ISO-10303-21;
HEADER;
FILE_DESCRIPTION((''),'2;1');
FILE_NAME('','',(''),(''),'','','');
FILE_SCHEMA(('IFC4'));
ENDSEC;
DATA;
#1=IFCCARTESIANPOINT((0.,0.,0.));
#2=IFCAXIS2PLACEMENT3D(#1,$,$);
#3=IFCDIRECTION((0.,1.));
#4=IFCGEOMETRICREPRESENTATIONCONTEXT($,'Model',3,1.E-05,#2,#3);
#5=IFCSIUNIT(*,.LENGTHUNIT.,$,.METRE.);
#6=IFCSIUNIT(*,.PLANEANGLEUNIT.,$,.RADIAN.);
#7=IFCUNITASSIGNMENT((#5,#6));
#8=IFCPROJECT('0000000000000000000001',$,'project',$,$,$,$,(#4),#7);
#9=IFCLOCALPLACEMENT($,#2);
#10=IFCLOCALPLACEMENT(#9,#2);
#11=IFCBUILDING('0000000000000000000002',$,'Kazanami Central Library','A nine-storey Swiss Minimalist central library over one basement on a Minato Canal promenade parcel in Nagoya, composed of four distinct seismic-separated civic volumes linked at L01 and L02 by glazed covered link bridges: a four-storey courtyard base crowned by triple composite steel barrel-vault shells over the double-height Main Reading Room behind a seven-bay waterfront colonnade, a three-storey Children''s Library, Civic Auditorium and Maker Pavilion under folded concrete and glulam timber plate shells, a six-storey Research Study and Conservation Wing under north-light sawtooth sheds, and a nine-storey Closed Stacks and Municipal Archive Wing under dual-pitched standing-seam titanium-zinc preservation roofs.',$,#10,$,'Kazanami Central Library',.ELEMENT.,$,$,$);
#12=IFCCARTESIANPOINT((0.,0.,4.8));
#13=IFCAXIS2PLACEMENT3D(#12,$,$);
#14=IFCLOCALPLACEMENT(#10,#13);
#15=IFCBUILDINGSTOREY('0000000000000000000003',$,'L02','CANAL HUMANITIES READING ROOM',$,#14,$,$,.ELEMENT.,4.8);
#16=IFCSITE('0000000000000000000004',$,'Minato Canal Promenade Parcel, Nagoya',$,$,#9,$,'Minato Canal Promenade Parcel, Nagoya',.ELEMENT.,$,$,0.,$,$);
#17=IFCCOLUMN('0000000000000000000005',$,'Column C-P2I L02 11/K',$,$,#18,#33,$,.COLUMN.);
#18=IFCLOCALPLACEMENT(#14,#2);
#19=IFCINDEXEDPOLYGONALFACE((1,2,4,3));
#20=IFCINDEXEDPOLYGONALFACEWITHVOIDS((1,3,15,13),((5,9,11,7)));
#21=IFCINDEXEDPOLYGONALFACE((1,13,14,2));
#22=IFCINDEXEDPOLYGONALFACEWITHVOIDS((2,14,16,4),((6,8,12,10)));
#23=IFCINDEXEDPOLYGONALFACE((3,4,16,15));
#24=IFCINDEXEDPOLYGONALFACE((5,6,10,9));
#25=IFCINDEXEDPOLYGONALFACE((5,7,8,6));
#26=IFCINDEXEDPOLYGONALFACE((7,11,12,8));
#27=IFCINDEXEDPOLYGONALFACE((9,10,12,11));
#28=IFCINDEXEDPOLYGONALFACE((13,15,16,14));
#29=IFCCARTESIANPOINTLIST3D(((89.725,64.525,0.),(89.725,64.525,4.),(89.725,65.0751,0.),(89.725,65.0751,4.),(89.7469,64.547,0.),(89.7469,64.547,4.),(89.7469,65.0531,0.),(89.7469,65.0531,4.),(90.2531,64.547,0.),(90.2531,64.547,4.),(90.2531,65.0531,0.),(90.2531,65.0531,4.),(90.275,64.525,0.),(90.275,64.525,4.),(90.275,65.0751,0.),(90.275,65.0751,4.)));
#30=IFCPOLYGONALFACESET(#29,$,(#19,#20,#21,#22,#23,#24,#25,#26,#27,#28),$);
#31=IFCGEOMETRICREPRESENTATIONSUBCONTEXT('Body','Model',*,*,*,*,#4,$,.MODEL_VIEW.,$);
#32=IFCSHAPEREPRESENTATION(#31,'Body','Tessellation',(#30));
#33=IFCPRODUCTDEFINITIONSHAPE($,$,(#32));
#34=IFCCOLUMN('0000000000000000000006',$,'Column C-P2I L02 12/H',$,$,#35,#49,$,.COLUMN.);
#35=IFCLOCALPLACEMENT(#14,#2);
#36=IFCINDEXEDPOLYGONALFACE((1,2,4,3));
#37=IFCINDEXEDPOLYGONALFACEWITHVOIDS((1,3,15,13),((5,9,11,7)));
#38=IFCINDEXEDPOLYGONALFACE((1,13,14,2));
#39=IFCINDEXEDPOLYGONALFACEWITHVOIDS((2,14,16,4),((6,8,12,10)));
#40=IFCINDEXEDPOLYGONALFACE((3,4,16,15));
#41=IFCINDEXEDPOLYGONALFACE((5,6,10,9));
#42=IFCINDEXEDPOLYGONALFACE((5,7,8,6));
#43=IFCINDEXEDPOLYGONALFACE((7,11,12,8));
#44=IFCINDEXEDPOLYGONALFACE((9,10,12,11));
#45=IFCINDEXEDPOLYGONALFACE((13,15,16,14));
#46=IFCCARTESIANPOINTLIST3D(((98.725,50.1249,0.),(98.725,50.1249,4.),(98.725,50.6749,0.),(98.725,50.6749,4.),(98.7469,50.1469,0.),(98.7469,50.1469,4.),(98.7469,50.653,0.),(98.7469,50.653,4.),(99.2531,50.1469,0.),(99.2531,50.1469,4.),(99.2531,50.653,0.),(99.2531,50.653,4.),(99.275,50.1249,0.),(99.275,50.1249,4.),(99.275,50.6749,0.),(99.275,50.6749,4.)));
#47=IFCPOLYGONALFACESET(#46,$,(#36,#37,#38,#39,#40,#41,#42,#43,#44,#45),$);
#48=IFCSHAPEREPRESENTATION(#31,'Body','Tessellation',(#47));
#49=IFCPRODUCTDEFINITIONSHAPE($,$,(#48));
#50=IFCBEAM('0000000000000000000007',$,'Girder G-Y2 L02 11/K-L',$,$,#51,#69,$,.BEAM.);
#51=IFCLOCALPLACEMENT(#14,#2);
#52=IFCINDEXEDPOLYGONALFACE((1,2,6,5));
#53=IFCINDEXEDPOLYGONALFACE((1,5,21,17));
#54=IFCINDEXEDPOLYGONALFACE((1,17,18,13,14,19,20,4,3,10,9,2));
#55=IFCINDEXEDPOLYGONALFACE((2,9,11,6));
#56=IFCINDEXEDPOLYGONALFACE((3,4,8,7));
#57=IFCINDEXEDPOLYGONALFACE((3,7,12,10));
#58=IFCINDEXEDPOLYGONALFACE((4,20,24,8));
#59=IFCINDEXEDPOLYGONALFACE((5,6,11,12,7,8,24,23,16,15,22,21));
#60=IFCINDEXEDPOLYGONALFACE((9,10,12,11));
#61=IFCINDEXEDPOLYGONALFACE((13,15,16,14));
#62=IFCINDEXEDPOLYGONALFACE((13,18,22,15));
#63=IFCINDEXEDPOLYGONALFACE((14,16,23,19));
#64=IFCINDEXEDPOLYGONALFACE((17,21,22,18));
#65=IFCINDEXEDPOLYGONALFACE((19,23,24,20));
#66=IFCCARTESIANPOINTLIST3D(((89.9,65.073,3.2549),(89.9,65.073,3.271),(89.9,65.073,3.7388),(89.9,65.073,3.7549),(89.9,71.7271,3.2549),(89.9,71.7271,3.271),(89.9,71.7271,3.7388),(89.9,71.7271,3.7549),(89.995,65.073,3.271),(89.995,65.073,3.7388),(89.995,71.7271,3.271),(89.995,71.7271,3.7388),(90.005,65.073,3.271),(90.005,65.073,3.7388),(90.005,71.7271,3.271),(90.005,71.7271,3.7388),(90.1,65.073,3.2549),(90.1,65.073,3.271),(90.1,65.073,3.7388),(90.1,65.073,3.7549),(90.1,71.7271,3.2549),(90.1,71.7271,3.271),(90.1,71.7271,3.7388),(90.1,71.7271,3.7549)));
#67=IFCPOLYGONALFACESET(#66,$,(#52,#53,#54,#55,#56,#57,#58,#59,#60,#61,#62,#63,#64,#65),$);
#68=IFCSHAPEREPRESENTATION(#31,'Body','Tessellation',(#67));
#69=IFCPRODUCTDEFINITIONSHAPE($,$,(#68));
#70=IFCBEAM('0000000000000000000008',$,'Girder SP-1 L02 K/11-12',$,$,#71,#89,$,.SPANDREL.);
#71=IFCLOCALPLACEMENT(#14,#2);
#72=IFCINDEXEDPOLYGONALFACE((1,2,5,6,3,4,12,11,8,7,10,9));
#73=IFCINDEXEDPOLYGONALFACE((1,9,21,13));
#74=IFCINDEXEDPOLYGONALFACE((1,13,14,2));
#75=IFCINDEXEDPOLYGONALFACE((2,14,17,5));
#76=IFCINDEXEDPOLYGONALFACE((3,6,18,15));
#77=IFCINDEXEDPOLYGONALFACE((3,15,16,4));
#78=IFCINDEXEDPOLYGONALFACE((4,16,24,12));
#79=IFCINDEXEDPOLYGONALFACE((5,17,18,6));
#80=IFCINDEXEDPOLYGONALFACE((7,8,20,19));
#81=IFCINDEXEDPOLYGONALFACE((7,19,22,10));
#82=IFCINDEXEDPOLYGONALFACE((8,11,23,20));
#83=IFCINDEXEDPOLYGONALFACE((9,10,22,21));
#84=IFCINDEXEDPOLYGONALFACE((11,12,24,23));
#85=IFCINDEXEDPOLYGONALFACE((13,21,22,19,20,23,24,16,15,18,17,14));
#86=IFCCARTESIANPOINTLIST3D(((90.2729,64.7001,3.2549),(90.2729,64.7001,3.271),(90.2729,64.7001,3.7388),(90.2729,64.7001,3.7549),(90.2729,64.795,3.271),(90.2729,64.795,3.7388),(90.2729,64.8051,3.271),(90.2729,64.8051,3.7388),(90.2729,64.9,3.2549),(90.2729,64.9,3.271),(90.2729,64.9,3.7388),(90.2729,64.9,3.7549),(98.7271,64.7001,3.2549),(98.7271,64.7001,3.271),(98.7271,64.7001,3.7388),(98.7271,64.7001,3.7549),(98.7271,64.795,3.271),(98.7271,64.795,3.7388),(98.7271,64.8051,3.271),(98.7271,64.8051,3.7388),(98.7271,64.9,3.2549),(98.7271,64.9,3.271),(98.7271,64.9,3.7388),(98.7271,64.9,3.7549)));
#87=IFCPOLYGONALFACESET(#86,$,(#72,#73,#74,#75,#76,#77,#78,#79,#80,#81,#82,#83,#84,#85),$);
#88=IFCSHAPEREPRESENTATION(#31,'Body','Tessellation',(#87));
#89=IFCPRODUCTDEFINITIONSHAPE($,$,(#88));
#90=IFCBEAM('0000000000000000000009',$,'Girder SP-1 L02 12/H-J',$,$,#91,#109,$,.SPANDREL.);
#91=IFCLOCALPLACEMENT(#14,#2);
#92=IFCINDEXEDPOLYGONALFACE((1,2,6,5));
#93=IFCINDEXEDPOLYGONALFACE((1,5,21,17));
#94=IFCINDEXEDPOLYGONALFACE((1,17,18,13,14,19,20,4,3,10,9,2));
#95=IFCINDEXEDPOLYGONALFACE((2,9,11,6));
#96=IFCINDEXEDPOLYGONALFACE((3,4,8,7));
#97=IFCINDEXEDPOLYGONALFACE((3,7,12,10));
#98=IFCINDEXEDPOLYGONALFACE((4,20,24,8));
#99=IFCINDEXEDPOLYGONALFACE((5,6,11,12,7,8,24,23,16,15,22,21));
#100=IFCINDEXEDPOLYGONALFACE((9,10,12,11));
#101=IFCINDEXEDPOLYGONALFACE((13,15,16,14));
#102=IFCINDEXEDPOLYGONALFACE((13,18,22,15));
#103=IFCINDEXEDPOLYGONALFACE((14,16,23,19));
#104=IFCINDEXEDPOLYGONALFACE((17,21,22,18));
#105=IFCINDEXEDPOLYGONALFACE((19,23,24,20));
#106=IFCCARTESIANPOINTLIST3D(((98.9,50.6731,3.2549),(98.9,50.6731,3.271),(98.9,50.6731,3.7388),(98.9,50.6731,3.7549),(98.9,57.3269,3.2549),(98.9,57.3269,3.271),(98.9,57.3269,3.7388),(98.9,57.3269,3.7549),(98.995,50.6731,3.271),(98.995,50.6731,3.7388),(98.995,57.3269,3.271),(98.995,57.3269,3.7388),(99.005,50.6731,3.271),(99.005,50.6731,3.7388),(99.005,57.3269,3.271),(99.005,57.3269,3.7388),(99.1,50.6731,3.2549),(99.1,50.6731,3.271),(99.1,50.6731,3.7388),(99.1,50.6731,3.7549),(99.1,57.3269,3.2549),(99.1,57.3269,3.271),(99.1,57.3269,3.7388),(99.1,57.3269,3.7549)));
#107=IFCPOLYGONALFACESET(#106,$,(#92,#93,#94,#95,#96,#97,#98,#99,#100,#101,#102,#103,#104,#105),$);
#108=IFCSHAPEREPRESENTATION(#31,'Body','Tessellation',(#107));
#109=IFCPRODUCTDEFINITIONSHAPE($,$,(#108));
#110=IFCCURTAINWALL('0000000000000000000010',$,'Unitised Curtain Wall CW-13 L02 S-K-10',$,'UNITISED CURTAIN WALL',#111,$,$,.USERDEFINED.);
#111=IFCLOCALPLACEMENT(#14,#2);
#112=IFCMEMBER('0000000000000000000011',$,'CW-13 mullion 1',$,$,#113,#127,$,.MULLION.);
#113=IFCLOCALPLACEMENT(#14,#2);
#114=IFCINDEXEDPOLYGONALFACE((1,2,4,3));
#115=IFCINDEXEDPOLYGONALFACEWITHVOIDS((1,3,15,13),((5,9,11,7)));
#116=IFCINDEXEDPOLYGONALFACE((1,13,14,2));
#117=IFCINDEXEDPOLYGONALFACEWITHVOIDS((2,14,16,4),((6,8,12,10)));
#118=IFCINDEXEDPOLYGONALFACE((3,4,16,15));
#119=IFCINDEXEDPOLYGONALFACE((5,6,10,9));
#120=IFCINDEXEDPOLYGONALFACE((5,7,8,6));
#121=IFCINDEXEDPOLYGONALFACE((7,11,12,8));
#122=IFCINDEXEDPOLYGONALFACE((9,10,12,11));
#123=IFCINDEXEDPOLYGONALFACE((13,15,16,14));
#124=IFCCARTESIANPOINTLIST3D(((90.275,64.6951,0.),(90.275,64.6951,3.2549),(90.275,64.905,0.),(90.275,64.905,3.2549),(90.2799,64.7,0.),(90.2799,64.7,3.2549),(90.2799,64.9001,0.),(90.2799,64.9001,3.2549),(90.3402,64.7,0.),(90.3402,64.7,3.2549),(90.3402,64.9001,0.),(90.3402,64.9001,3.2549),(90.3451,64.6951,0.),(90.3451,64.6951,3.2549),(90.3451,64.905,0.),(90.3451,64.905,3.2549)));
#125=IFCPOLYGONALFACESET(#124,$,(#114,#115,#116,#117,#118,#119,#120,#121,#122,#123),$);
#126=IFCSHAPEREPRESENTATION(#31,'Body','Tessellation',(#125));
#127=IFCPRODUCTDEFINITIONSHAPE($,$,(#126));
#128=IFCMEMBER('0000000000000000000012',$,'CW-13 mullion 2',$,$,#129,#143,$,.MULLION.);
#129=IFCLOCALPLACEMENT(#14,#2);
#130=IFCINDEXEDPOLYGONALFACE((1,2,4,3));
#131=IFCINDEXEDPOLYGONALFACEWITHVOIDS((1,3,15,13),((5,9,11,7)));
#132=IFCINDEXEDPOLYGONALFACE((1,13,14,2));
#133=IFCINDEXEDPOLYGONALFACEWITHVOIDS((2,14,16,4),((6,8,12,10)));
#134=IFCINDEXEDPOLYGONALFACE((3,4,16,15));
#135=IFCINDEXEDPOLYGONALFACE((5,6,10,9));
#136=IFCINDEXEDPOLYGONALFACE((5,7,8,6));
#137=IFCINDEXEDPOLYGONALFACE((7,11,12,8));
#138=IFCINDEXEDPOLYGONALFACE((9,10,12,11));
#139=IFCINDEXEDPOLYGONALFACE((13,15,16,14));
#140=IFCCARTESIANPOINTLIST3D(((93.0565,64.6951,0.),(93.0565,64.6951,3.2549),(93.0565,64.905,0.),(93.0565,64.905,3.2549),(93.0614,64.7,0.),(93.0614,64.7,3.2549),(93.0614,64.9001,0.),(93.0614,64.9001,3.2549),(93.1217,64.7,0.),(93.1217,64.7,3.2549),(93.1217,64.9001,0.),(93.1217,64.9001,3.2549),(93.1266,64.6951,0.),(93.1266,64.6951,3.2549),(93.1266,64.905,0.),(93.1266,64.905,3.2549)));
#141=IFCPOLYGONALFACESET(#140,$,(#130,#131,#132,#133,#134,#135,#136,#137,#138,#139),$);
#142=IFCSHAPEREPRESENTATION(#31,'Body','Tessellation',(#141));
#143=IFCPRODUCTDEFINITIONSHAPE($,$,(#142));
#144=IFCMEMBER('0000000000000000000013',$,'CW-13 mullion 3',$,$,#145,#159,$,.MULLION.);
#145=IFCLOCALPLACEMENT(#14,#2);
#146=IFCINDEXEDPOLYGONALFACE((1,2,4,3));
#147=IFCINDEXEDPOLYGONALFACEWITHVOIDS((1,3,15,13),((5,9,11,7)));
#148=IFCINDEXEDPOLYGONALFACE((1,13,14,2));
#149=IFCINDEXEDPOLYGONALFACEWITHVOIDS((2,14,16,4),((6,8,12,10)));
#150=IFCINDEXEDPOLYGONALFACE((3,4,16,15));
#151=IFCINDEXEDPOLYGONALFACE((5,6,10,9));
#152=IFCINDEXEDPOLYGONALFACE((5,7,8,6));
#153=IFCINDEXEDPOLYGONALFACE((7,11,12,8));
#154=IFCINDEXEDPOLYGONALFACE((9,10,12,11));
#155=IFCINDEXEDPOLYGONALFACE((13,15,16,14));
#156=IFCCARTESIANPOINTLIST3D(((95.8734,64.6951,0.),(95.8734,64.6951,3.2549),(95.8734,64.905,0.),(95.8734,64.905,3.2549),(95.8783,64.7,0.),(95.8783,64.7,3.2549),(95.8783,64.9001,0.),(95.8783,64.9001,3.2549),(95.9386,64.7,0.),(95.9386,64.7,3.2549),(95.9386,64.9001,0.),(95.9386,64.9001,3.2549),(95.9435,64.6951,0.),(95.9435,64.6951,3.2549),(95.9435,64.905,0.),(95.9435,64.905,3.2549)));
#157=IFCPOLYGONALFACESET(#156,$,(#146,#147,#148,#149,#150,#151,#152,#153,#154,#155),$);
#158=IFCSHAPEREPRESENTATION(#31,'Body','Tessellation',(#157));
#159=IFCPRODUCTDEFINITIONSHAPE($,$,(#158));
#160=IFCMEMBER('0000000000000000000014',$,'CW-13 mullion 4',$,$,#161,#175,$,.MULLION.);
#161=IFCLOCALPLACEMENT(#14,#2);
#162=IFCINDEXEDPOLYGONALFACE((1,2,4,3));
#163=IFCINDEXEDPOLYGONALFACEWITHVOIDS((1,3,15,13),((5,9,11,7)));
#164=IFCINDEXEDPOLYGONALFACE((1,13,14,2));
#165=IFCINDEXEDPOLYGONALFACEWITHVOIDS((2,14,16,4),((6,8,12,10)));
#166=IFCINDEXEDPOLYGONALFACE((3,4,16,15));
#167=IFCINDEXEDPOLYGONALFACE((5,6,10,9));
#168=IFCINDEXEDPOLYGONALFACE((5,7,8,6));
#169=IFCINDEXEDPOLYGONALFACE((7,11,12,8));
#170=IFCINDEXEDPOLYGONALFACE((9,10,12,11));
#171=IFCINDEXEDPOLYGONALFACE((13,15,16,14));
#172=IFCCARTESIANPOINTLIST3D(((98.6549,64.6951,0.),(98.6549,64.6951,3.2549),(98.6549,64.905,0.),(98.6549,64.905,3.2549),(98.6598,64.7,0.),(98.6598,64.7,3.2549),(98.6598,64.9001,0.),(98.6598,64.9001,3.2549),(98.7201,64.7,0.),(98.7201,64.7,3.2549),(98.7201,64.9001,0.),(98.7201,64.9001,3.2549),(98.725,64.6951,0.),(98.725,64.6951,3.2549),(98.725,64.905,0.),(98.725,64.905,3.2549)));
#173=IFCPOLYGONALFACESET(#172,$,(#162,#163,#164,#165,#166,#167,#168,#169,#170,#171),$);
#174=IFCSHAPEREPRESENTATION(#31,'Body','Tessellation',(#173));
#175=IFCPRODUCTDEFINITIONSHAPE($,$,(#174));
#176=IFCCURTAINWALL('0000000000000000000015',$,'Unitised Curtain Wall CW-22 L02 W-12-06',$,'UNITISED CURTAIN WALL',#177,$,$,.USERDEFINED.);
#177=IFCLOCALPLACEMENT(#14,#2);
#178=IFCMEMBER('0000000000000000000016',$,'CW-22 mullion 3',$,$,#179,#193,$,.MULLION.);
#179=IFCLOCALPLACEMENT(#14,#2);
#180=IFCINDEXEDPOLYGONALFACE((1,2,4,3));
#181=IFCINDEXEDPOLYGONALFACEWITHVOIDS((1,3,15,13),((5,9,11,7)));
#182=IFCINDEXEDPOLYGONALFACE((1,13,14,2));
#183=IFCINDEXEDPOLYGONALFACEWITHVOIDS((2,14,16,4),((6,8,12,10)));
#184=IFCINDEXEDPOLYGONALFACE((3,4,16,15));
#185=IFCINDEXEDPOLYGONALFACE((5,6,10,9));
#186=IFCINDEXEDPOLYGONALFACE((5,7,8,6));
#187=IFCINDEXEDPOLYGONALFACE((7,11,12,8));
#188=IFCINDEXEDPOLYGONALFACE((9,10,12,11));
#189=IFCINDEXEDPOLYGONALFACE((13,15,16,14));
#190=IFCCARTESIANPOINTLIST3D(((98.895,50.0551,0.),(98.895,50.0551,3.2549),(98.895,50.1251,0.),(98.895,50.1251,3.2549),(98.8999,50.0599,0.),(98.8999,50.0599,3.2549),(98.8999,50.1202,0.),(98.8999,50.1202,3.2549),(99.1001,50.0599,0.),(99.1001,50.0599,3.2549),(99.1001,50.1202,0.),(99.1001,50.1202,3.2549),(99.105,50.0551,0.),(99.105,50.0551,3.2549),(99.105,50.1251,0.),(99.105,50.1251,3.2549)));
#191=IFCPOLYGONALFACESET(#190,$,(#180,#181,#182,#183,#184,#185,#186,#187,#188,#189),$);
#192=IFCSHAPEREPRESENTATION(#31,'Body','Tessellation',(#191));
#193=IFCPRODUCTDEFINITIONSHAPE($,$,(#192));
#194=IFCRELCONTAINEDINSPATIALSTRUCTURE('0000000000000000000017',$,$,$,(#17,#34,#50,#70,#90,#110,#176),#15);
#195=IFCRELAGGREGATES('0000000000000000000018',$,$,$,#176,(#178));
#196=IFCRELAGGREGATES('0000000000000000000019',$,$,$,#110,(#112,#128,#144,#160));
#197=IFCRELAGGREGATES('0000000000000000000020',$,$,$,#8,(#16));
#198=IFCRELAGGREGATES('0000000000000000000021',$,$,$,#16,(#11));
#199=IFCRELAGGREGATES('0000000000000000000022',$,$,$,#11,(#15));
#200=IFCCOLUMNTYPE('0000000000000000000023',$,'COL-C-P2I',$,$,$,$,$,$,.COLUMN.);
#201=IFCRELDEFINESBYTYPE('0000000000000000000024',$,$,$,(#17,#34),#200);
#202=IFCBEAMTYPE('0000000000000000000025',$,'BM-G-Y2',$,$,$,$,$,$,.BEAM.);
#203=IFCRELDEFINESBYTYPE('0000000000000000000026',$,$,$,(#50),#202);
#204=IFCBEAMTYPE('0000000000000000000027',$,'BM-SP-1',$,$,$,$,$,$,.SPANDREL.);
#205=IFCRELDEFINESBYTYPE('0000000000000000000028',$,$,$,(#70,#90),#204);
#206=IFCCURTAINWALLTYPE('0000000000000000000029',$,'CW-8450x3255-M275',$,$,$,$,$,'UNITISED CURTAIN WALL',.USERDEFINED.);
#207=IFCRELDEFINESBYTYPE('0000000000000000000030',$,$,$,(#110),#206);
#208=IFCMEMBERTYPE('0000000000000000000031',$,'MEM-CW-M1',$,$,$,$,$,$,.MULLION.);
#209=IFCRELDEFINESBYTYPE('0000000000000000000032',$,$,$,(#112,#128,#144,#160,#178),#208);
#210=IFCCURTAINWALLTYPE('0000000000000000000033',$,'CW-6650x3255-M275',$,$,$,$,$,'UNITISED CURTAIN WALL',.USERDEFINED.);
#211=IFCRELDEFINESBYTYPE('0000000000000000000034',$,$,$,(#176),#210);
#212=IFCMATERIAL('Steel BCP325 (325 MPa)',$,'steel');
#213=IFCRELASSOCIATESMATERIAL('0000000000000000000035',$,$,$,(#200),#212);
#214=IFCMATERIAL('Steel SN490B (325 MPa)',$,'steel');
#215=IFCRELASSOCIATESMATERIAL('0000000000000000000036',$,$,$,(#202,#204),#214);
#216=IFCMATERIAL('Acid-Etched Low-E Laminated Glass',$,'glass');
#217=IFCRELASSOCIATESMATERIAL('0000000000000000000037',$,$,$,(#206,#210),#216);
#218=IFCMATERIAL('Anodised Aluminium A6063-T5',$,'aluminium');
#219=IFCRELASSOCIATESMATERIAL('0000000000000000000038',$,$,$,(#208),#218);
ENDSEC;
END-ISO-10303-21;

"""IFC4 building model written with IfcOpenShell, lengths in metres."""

from ifc_helpers import new_model, si_unit, direction, frame, origin, origin_2d, place, context, subcontext, project, spatial, hollow_rectangle, i_section, extrude, material, material_profile, profile_set, type_object, element, aggregate, save


model = new_model("IFC4")

# Units and contexts
model_context = context("Model", 3, precision=1e-05, world=origin(), true_north=direction((0.0, 1.0)))
body_context = subcontext(model_context, "Body", "Model", "MODEL_VIEW")
ifc_project = project(units=[si_unit("LENGTHUNIT", "METRE"), si_unit("PLANEANGLEUNIT", "RADIAN")], contexts=[model_context])

# Site, building, storey
site_placement = place(None, origin())
site = spatial("IfcSite", under=ifc_project, at=site_placement, Name="Minato Canal Promenade Parcel, Nagoya", LongName="Minato Canal Promenade Parcel, Nagoya", CompositionType="ELEMENT", RefElevation=0.0)
building_placement = place(site_placement, origin())
building = spatial("IfcBuilding", under=site, at=building_placement, Name="Kazanami Central Library", Description="A nine-storey Swiss Minimalist central library over one basement on a Minato Canal promenade parcel in Nagoya, composed of four distinct seismic-separated civic volumes linked at L01 and L02 by glazed covered link bridges: a four-storey courtyard base crowned by triple composite steel barrel-vault shells over the double-height Main Reading Room behind a seven-bay waterfront colonnade, a three-storey Children's Library, Civic Auditorium and Maker Pavilion under folded concrete and glulam timber plate shells, a six-storey Research Study and Conservation Wing under north-light sawtooth sheds, and a nine-storey Closed Stacks and Municipal Archive Wing under dual-pitched standing-seam titanium-zinc preservation roofs.", LongName="Kazanami Central Library", CompositionType="ELEMENT")
storey_placement = place(building_placement, frame((0.0, 0.0, 4.8)))
storey = spatial("IfcBuildingStorey", under=building, at=storey_placement, Name="L02", Description="CANAL HUMANITIES READING ROOM", CompositionType="ELEMENT", Elevation=4.8)

# Columns
ifc_material_1 = material(Name="Steel BCP325 (325 MPa)", Category="steel")
ifc_material_profile_1 = material_profile(ifc_material_1, hollow_rectangle(XDim=0.55, YDim=0.55, WallThickness=0.022, at=origin_2d()), Name="BCP-550x550x22")
ifc_profile_set_1 = profile_set([ifc_material_profile_1], Name="Steel BCP325 (325 MPa)")
column_type = type_object("IfcColumnType", Name="COL-C-P2I", PredefinedType="COLUMN", material=ifc_profile_set_1)
for number, where, z_axis, x_axis, name in (
    (1, (90.0, 64.8, 0.0), (0.0, 0.0, 1.0), (1.0, 0.0, 0.0), "Column C-P2I L02 11/K"),
    (2, (99.0, 50.3999, 0.0), (0.0, 0.0, 1.0), (1.0, 0.0, 0.0), "Column C-P2I L02 12/H"),
):
    element("IfcColumn", number, at=place(storey_placement, frame(where, z_axis=z_axis, x_axis=x_axis)), inside=storey, type_object=column_type, Name=name, PredefinedType="COLUMN", context=body_context, shape_type="SweptSolid", body=[
        extrude(hollow_rectangle(XDim=0.55, YDim=0.55, WallThickness=0.022, at=origin_2d()), origin(), (0.0, 0.0, 1.0), 4.0),
    ])

# Beams
ifc_material_2 = material(Name="Steel SN490B (325 MPa)", Category="steel")
ifc_material_profile_2 = material_profile(ifc_material_2, i_section(OverallWidth=0.2, OverallDepth=0.5, WebThickness=0.01, FlangeThickness=0.0161, at=origin_2d()), Name="H-500x200x10x16")
ifc_profile_set_2 = profile_set([ifc_material_profile_2], Name="Steel SN490B (325 MPa)")
beam_type_1 = type_object("IfcBeamType", Name="BM-G-Y2", PredefinedType="BEAM", material=ifc_profile_set_2)
beam_1_placement = place(storey_placement, frame((90.0, 65.073, 3.5049), z_axis=(0.0, 1.0, 0.0), x_axis=(-1.0, 0.0, 0.0)))
element("IfcBeam", 3, at=beam_1_placement, inside=storey, type_object=beam_type_1, Name="Girder G-Y2 L02 11/K-L", PredefinedType="BEAM", context=body_context, shape_type="SweptSolid", body=[
    extrude(i_section(OverallWidth=0.2, OverallDepth=0.5, WebThickness=0.01, FlangeThickness=0.0161, at=origin_2d()), origin(), (0.0, 0.0, 1.0), 6.6541),
])
ifc_material_profile_3 = material_profile(ifc_material_2, i_section(OverallWidth=0.2, OverallDepth=0.5, WebThickness=0.01, FlangeThickness=0.0161, at=origin_2d()), Name="H-500x200x10x16")
ifc_profile_set_3 = profile_set([ifc_material_profile_3], Name="Steel SN490B (325 MPa)")
beam_type_2 = type_object("IfcBeamType", Name="BM-SP-1", PredefinedType="SPANDREL", material=ifc_profile_set_3)
beam_2_placement = place(storey_placement, frame((90.2729, 64.8, 3.5049), z_axis=(1.0, 0.0, 0.0), x_axis=(0.0, 1.0, 0.0)))
element("IfcBeam", 4, at=beam_2_placement, inside=storey, type_object=beam_type_2, Name="Girder SP-1 L02 K/11-12", PredefinedType="SPANDREL", context=body_context, shape_type="SweptSolid", body=[
    extrude(i_section(OverallWidth=0.2, OverallDepth=0.5, WebThickness=0.01, FlangeThickness=0.0161, at=origin_2d()), origin(), (0.0, 0.0, 1.0), 8.4541),
])
beam_3_placement = place(storey_placement, frame((99.0, 50.6731, 3.5049), z_axis=(0.0, 1.0, 0.0), x_axis=(-1.0, 0.0, 0.0)))
element("IfcBeam", 5, at=beam_3_placement, inside=storey, type_object=beam_type_2, Name="Girder SP-1 L02 12/H-J", PredefinedType="SPANDREL", context=body_context, shape_type="SweptSolid", body=[
    extrude(i_section(OverallWidth=0.2, OverallDepth=0.5, WebThickness=0.01, FlangeThickness=0.0161, at=origin_2d()), origin(), (0.0, 0.0, 1.0), 6.6538),
])

# Curtain wall, members
ifc_material_3 = material(Name="Acid-Etched Low-E Laminated Glass", Category="glass")
curtain_wall_type_1 = type_object("IfcCurtainWallType", Name="CW-8450x3255-M275", ElementType="UNITISED CURTAIN WALL", PredefinedType="USERDEFINED", material=ifc_material_3)
curtain_wall_1_placement = place(storey_placement, origin())
curtain_wall_1 = element("IfcCurtainWall", 6, at=curtain_wall_1_placement, inside=storey, type_object=curtain_wall_type_1, Name="Unitised Curtain Wall CW-13 L02 S-K-10", ObjectType="UNITISED CURTAIN WALL", PredefinedType="USERDEFINED")
ifc_material_4 = material(Name="Anodised Aluminium A6063-T5", Category="aluminium")
ifc_material_profile_4 = material_profile(ifc_material_4, hollow_rectangle(XDim=0.0701, YDim=0.21, WallThickness=0.0049, at=origin_2d()), Name="ALU-MULL-70x210x5")
ifc_profile_set_4 = profile_set([ifc_material_profile_4], Name="Anodised Aluminium A6063-T5")
member_type_1 = type_object("IfcMemberType", Name="MEM-CW-M1", PredefinedType="MULLION", material=ifc_profile_set_4)
member_1_placement = place(storey_placement, frame((90.3101, 64.8, 0.0), z_axis=(0.0, 0.0, 1.0), x_axis=(1.0, 0.0, 0.0)))
member_1 = element("IfcMember", 7, at=member_1_placement, type_object=member_type_1, Name="CW-13 mullion 1", PredefinedType="MULLION", context=body_context, shape_type="SweptSolid", body=[
    extrude(hollow_rectangle(XDim=0.0701, YDim=0.21, WallThickness=0.0049, at=origin_2d()), origin(), (0.0, 0.0, 1.0), 3.2549),
])
member_2_placement = place(storey_placement, frame((93.0916, 64.8, 0.0), z_axis=(0.0, 0.0, 1.0), x_axis=(1.0, 0.0, 0.0)))
member_2 = element("IfcMember", 8, at=member_2_placement, type_object=member_type_1, Name="CW-13 mullion 2", PredefinedType="MULLION", context=body_context, shape_type="SweptSolid", body=[
    extrude(hollow_rectangle(XDim=0.0701, YDim=0.21, WallThickness=0.0049, at=origin_2d()), origin(), (0.0, 0.0, 1.0), 3.2549),
])
member_3_placement = place(storey_placement, frame((95.9084, 64.8, 0.0), z_axis=(0.0, 0.0, 1.0), x_axis=(1.0, 0.0, 0.0)))
member_3 = element("IfcMember", 9, at=member_3_placement, type_object=member_type_1, Name="CW-13 mullion 3", PredefinedType="MULLION", context=body_context, shape_type="SweptSolid", body=[
    extrude(hollow_rectangle(XDim=0.0701, YDim=0.21, WallThickness=0.0049, at=origin_2d()), origin(), (0.0, 0.0, 1.0), 3.2549),
])
member_4_placement = place(storey_placement, frame((98.6899, 64.8, 0.0), z_axis=(0.0, 0.0, 1.0), x_axis=(1.0, 0.0, 0.0)))
member_4 = element("IfcMember", 10, at=member_4_placement, type_object=member_type_1, Name="CW-13 mullion 4", PredefinedType="MULLION", context=body_context, shape_type="SweptSolid", body=[
    extrude(hollow_rectangle(XDim=0.0701, YDim=0.21, WallThickness=0.0049, at=origin_2d()), origin(), (0.0, 0.0, 1.0), 3.2549),
])

# Curtain wall, member
curtain_wall_type_2 = type_object("IfcCurtainWallType", Name="CW-6650x3255-M275", ElementType="UNITISED CURTAIN WALL", PredefinedType="USERDEFINED", material=ifc_material_3)
curtain_wall_2_placement = place(storey_placement, origin())
curtain_wall_2 = element("IfcCurtainWall", 11, at=curtain_wall_2_placement, inside=storey, type_object=curtain_wall_type_2, Name="Unitised Curtain Wall CW-22 L02 W-12-06", ObjectType="UNITISED CURTAIN WALL", PredefinedType="USERDEFINED")
member_5_placement = place(storey_placement, frame((99.0, 50.0901, 0.0), z_axis=(0.0, 0.0, 1.0), x_axis=(0.0, 1.0, 0.0)))
member_5 = element("IfcMember", 12, at=member_5_placement, type_object=member_type_1, Name="CW-22 mullion 3", PredefinedType="MULLION", context=body_context, shape_type="SweptSolid", body=[
    extrude(hollow_rectangle(XDim=0.0701, YDim=0.21, WallThickness=0.0049, at=origin_2d()), origin(), (0.0, 0.0, 1.0), 3.2549),
])
aggregate(curtain_wall_2, [member_5])

aggregate(curtain_wall_1, [member_1, member_2, member_3, member_4])

save(model, "model.ifc")
